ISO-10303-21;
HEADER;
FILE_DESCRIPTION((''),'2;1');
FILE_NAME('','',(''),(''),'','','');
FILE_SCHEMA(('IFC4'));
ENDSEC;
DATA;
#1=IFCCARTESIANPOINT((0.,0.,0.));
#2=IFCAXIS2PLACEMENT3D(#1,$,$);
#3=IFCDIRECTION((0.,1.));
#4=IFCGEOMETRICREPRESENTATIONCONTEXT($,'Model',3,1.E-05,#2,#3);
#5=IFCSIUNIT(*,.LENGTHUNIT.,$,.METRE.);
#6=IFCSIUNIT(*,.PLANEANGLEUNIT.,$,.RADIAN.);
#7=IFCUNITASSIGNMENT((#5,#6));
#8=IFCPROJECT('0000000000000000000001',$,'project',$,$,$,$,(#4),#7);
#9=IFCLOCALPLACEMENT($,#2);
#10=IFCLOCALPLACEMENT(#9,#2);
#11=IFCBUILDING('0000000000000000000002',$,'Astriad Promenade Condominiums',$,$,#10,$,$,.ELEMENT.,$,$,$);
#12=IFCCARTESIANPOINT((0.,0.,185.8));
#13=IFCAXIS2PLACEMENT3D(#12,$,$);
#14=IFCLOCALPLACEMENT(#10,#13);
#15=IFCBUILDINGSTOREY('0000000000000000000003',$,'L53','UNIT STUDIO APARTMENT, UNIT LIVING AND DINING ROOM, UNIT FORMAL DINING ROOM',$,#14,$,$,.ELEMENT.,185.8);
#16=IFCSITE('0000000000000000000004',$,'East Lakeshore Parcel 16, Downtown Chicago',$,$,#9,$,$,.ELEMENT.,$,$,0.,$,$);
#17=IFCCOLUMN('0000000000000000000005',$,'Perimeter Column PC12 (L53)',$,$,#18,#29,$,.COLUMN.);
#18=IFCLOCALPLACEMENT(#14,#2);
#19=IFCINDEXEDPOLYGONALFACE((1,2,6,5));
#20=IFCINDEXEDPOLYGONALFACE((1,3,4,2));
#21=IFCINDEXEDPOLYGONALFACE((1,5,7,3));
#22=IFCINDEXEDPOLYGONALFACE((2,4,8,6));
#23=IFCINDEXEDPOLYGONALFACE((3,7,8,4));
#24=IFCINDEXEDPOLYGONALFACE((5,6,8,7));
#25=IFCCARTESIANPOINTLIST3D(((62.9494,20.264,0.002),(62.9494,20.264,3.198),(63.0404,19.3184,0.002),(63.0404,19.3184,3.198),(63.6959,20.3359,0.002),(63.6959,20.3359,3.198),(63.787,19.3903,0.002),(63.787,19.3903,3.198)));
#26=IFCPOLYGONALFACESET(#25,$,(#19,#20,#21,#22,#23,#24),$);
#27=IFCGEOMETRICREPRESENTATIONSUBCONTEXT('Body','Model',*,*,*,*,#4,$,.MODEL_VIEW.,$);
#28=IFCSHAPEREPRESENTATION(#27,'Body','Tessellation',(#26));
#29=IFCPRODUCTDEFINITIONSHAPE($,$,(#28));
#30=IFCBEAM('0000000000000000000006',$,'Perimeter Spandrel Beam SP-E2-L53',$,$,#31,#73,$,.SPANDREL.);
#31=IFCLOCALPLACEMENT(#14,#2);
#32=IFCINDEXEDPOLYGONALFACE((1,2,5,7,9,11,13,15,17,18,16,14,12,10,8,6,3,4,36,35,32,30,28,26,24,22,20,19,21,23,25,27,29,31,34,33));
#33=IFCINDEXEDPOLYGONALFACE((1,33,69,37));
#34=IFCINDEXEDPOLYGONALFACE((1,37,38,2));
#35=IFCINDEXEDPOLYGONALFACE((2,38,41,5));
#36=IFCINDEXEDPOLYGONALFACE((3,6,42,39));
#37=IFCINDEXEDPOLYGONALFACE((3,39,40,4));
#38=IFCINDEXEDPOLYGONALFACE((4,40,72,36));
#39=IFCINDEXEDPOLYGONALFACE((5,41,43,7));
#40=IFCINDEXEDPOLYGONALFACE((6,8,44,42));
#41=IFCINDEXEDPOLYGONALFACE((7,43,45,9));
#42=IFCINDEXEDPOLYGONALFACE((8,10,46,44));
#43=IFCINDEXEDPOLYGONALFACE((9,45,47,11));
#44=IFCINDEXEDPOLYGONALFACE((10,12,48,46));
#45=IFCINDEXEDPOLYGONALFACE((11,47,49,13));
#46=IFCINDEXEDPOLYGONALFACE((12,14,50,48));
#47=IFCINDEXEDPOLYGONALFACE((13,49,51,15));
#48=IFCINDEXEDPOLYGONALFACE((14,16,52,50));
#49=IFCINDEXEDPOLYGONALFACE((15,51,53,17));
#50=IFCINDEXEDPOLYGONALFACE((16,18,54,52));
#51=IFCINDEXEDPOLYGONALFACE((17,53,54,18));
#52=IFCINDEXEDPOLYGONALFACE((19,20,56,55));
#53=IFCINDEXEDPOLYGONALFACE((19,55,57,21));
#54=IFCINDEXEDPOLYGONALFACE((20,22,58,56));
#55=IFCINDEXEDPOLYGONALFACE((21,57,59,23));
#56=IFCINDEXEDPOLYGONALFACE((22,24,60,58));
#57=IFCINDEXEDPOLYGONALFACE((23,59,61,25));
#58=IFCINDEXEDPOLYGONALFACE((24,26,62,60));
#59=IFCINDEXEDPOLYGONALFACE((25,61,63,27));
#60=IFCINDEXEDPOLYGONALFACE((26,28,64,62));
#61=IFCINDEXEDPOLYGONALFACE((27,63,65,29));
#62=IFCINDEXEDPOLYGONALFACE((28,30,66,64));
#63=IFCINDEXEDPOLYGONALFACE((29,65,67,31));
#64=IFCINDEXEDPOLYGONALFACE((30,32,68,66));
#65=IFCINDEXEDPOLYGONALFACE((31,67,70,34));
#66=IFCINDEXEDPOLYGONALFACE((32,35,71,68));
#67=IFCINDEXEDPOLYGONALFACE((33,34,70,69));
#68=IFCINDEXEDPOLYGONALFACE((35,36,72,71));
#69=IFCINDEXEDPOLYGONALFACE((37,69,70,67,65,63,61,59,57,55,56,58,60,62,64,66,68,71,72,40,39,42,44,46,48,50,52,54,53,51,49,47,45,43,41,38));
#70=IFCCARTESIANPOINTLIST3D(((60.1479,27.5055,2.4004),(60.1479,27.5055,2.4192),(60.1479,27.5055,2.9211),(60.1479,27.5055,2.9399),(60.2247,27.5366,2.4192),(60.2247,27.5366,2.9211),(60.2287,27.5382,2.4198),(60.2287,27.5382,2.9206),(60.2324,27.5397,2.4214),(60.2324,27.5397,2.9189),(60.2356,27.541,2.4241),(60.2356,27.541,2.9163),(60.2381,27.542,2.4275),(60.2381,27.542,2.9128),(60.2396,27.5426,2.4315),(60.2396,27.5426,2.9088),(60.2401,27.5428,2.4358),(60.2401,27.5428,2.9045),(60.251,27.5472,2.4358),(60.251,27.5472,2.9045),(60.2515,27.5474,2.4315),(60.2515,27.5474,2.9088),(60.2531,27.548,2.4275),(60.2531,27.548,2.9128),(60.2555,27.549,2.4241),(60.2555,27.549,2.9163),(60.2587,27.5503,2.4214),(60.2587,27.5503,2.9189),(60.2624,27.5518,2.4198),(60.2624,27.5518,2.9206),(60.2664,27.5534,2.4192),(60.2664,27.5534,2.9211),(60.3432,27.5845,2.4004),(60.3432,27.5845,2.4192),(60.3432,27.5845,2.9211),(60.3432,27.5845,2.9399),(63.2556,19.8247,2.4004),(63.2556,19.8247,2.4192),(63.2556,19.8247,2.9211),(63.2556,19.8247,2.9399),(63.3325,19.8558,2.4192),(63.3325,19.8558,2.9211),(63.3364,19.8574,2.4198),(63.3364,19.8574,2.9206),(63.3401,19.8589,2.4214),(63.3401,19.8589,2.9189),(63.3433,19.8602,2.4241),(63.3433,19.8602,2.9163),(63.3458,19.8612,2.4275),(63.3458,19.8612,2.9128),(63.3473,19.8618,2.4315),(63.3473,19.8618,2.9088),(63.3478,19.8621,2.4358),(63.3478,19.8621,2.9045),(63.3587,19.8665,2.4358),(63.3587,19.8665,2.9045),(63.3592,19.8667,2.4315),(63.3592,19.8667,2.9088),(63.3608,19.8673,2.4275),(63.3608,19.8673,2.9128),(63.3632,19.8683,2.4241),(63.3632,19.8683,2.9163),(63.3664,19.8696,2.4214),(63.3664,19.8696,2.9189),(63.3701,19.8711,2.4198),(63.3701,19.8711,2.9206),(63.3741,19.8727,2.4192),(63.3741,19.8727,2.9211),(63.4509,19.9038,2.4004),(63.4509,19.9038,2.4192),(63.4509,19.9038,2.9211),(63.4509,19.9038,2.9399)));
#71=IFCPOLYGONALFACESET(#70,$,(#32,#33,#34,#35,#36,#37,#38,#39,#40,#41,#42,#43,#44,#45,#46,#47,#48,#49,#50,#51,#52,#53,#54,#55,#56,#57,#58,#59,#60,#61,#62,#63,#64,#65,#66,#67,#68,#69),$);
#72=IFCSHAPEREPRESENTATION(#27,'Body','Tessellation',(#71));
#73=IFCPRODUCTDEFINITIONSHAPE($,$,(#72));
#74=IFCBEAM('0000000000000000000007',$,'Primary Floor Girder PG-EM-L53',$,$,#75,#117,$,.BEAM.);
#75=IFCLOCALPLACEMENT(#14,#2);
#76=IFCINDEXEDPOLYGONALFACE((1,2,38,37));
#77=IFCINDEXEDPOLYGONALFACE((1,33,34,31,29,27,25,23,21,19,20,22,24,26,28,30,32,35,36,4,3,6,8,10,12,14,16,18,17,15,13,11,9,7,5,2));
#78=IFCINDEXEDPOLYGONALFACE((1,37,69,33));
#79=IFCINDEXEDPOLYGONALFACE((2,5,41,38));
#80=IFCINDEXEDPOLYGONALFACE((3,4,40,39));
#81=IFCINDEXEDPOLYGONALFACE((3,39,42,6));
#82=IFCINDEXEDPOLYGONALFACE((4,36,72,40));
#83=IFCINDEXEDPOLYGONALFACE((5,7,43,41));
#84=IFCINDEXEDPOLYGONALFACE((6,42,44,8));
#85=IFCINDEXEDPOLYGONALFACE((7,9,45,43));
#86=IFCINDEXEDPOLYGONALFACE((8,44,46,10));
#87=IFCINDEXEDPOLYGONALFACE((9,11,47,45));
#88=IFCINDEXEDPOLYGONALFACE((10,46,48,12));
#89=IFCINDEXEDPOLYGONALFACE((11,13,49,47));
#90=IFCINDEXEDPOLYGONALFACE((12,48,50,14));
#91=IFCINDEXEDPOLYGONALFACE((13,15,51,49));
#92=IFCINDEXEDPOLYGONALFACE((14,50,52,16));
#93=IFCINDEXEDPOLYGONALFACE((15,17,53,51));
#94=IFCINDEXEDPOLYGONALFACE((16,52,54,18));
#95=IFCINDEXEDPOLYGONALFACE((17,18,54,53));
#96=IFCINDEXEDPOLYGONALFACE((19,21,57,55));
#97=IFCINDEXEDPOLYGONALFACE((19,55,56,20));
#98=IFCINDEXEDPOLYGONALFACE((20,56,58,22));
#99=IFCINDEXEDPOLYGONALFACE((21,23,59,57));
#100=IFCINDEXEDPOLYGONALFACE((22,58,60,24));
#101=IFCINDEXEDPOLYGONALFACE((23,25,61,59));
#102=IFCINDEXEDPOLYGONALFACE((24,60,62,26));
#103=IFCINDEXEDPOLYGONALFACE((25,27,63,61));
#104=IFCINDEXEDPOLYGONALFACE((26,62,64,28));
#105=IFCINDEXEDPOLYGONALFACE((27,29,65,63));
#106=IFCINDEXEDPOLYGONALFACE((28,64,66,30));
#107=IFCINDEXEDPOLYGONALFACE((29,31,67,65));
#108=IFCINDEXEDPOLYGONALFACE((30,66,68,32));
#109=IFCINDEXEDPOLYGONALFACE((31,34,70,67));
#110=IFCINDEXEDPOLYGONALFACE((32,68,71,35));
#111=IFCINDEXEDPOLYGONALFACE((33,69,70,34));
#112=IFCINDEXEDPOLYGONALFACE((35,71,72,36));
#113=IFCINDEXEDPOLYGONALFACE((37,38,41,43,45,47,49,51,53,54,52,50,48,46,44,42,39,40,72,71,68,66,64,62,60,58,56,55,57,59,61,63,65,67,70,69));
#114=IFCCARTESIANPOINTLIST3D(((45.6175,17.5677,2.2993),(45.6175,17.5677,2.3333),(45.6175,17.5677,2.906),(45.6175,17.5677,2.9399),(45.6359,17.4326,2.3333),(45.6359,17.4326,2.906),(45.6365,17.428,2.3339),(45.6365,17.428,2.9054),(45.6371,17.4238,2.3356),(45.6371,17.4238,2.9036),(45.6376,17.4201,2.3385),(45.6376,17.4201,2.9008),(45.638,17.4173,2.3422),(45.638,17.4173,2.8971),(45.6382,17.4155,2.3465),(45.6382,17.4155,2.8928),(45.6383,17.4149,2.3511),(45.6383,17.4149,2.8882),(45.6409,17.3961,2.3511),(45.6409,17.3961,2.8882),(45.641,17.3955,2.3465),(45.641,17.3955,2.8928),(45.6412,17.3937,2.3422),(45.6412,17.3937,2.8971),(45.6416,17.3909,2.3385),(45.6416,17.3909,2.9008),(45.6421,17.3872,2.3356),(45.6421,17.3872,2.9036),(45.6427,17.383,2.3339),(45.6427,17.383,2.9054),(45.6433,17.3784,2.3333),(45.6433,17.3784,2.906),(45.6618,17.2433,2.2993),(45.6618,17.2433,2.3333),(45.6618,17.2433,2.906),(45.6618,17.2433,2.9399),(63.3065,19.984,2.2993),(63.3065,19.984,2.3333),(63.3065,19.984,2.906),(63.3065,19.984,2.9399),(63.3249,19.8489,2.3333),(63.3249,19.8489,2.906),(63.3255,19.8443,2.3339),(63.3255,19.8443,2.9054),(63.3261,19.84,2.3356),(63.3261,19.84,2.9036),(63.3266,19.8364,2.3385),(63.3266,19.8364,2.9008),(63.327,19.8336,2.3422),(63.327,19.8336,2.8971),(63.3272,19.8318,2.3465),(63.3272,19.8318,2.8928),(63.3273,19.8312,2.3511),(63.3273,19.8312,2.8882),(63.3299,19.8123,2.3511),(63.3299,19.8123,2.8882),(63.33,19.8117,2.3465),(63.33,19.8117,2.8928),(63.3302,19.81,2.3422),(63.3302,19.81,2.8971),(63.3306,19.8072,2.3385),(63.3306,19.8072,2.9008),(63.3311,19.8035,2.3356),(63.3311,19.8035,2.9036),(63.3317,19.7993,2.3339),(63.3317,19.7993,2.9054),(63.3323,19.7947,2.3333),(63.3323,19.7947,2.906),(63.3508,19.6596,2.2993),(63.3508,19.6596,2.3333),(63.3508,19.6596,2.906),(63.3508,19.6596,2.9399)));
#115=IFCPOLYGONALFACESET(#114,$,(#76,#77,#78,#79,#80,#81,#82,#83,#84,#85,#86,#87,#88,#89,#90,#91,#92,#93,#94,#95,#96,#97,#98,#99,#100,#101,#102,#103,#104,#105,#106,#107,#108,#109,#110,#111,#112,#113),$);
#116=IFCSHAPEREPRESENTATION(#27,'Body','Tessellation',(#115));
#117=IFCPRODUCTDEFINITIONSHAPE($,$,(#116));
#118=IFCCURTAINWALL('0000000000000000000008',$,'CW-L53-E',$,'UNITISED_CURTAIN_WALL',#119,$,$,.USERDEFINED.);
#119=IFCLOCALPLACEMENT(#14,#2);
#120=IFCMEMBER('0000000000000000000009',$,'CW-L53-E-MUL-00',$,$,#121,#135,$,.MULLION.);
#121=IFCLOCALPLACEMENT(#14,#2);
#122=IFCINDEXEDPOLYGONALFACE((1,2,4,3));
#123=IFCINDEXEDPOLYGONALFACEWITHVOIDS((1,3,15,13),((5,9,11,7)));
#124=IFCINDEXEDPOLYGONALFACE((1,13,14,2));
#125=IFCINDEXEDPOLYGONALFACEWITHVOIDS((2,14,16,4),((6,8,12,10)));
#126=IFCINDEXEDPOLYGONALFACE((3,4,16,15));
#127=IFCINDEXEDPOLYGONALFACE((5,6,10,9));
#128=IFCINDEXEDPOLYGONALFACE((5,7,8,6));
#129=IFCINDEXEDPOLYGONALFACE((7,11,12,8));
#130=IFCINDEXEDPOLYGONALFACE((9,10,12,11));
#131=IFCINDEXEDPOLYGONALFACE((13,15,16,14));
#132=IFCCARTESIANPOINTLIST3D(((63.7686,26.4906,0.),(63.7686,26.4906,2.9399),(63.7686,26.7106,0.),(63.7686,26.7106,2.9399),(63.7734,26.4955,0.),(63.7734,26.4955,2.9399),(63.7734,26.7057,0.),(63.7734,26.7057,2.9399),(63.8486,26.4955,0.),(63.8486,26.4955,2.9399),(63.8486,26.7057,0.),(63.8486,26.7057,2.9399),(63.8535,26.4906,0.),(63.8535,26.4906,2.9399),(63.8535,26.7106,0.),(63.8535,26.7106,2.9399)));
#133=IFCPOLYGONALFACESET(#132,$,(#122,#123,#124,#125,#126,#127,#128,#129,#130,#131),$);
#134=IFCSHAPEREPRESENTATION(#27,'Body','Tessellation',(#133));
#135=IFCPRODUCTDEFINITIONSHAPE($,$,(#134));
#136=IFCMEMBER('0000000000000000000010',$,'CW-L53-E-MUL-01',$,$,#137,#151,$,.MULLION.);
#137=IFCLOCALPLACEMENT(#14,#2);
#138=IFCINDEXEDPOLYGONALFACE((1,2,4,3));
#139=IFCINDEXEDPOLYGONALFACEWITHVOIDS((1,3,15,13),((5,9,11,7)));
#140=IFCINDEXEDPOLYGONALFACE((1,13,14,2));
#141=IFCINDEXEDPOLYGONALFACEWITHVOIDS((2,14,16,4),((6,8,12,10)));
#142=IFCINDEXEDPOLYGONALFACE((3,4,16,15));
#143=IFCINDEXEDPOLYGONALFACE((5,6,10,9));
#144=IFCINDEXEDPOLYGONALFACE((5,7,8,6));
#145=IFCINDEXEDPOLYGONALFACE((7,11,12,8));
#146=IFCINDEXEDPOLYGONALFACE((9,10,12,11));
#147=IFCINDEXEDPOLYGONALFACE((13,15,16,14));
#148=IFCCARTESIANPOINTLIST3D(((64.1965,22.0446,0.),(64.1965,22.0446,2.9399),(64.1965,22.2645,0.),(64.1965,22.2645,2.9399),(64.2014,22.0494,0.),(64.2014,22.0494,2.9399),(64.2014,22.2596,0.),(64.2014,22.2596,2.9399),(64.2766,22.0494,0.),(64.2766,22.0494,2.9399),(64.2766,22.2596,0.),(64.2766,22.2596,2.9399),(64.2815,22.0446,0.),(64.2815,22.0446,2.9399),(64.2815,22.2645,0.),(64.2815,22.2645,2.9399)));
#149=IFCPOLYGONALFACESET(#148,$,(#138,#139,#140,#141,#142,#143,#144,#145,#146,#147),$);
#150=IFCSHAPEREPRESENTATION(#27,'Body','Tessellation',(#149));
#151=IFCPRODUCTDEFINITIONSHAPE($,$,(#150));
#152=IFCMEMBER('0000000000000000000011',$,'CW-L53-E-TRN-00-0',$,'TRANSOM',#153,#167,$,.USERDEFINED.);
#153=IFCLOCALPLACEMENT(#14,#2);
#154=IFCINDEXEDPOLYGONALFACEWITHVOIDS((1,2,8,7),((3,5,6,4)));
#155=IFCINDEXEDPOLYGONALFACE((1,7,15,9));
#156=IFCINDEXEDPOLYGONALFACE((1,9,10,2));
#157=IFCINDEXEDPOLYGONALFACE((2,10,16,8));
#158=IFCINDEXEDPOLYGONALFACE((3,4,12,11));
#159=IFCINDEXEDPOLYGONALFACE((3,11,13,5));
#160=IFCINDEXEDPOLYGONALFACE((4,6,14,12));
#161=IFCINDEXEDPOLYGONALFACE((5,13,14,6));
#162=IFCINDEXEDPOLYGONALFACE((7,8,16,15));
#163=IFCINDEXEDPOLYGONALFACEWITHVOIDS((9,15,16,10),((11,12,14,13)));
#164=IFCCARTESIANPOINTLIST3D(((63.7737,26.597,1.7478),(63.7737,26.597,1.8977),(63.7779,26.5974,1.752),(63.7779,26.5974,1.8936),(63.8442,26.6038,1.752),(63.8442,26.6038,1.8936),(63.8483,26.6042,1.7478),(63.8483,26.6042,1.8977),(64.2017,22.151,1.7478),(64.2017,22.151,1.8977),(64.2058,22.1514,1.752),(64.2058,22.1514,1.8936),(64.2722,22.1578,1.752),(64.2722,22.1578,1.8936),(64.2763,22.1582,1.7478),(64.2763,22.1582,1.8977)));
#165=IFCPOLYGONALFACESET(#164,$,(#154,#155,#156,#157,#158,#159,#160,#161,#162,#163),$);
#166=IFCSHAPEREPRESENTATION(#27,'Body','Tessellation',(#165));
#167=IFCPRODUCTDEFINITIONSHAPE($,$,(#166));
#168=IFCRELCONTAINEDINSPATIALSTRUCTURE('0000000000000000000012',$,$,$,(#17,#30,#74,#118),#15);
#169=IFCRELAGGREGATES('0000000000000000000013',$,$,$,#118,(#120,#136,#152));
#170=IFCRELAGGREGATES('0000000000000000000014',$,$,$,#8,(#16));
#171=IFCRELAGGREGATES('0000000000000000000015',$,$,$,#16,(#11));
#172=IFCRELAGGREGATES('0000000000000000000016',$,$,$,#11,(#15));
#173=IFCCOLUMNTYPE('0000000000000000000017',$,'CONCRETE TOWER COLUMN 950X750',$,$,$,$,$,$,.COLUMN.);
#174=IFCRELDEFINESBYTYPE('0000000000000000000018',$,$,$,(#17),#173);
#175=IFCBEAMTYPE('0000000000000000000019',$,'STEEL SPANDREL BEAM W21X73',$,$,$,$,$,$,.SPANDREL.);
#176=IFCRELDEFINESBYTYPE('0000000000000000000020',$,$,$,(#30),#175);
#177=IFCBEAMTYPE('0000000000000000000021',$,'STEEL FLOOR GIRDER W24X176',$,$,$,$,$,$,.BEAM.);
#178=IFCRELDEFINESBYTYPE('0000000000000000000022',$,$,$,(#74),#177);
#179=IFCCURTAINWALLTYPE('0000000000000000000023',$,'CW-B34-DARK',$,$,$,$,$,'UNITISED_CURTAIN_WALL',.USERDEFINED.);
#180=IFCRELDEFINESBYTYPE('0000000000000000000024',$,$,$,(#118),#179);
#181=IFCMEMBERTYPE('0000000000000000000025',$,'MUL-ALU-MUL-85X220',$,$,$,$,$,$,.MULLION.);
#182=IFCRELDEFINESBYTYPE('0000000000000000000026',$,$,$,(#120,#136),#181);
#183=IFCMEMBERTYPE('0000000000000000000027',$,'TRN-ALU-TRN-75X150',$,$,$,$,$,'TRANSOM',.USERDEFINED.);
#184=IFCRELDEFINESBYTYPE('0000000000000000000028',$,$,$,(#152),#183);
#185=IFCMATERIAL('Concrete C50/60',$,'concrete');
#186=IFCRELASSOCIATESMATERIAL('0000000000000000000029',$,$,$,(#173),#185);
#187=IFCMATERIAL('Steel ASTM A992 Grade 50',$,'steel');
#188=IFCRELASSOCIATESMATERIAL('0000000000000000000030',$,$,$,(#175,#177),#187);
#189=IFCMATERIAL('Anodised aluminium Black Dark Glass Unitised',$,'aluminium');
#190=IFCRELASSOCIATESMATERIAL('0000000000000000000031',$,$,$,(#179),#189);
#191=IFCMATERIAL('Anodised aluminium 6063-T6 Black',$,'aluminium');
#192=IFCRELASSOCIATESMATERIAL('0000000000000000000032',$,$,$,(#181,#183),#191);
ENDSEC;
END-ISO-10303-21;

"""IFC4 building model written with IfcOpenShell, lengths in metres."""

from ifc_helpers import new_model, si_unit, direction, frame, origin, origin_2d, place, context, subcontext, project, spatial, rectangle, hollow_rectangle, i_section, extrude, source, transform, mapped, material, material_profile, profile_set, type_object, type_shapes, element, aggregate, save


model = new_model("IFC4")

# Units and contexts
model_context = context("Model", 3, precision=1e-05, world=origin(), true_north=direction((0.0, 1.0)))
body_context = subcontext(model_context, "Body", "Model", "MODEL_VIEW")
ifc_project = project(units=[si_unit("LENGTHUNIT", "METRE"), si_unit("PLANEANGLEUNIT", "RADIAN")], contexts=[model_context])

# Site, building, storey
site_placement = place(None, origin())
site = spatial("IfcSite", under=ifc_project, at=site_placement, Name="East Lakeshore Parcel 16, Downtown Chicago", CompositionType="ELEMENT", RefElevation=0.0)
building_placement = place(site_placement, origin())
building = spatial("IfcBuilding", under=site, at=building_placement, Name="Astriad Promenade Condominiums", CompositionType="ELEMENT")
storey_placement = place(building_placement, frame((0.0, 0.0, 185.8)))
storey = spatial("IfcBuildingStorey", under=building, at=storey_placement, Name="L53", Description="UNIT STUDIO APARTMENT, UNIT LIVING AND DINING ROOM, UNIT FORMAL DINING ROOM", CompositionType="ELEMENT", Elevation=185.8)

# Column
ifc_material_1 = material(Name="Concrete C50/60", Category="concrete")
ifc_material_profile_1 = material_profile(ifc_material_1, rectangle(XDim=0.75, YDim=0.95, at=origin_2d()), Name="RC-COL-950X750")
ifc_profile_set_1 = profile_set([ifc_material_profile_1], Name="Concrete C50/60")
column_type = type_object("IfcColumnType", Name="CONCRETE TOWER COLUMN 950X750", PredefinedType="COLUMN", material=ifc_profile_set_1)
shared_shape_1 = source(origin(), body_context, "Body", "SweptSolid", [
    extrude(rectangle(XDim=0.75, YDim=0.95, at=origin_2d()), origin(), (0.0, 0.0, 1.0), 3.196),
])
type_shapes(column_type, [shared_shape_1])
column_placement = place(storey_placement, frame((63.3682, 19.8271, 0.002), z_axis=(0.0, 0.0, 1.0), x_axis=(0.995396, 0.095846, 0.0)))
element("IfcColumn", 1, at=column_placement, inside=storey, type_object=column_type, Name="Perimeter Column PC12 (L53)", PredefinedType="COLUMN", context=body_context, shape_type="MappedRepresentation", body=[
    mapped(shared_shape_1, transform((0.0, 0.0, 0.0), scale=1.0)),
])

# Beams
ifc_material_2 = material(Name="Steel ASTM A992 Grade 50", Category="steel")
ifc_material_profile_2 = material_profile(ifc_material_2, i_section(OverallWidth=0.2107, OverallDepth=0.5396, WebThickness=0.0117, FlangeThickness=0.0188, FilletRadius=0.0166, at=origin_2d()), Name="W21X73")
ifc_profile_set_2 = profile_set([ifc_material_profile_2], Name="Steel ASTM A992 Grade 50")
beam_type_1 = type_object("IfcBeamType", Name="STEEL SPANDREL BEAM W21X73", PredefinedType="SPANDREL", material=ifc_profile_set_2)
shared_shape_2 = source(origin(), body_context, "Body", "SweptSolid", [
    extrude(i_section(OverallWidth=0.2107, OverallDepth=0.5396, WebThickness=0.0117, FlangeThickness=0.0188, FilletRadius=0.0166, at=origin_2d()), origin(), (0.0, 0.0, 1.0), 8.2856),
])
type_shapes(beam_type_1, [shared_shape_2])
beam_1_placement = place(storey_placement, frame((63.3533, 19.8643, 2.6702), z_axis=(-0.375071, 0.926996, 0.0), x_axis=(-0.926996, -0.375071, 0.0)))
element("IfcBeam", 2, at=beam_1_placement, inside=storey, type_object=beam_type_1, Name="Perimeter Spandrel Beam SP-E2-L53", PredefinedType="SPANDREL", context=body_context, shape_type="MappedRepresentation", body=[
    mapped(shared_shape_2, transform((0.0, 0.0, 0.0), scale=1.0)),
])
ifc_material_profile_3 = material_profile(ifc_material_2, i_section(OverallWidth=0.3274, OverallDepth=0.6406, WebThickness=0.019, FlangeThickness=0.0339, FilletRadius=0.0178, at=origin_2d()), Name="W24X176")
ifc_profile_set_3 = profile_set([ifc_material_profile_3], Name="Steel ASTM A992 Grade 50")
beam_type_2 = type_object("IfcBeamType", Name="STEEL FLOOR GIRDER W24X176", PredefinedType="BEAM", material=ifc_profile_set_3)
shared_shape_3 = source(origin(), body_context, "Body", "SweptSolid", [
    extrude(i_section(OverallWidth=0.3274, OverallDepth=0.6406, WebThickness=0.019, FlangeThickness=0.0339, FilletRadius=0.0178, at=origin_2d()), origin(), (0.0, 0.0, 1.0), 17.8533),
])
type_shapes(beam_type_2, [shared_shape_3])
beam_2_placement = place(storey_placement, frame((63.3286, 19.8218, 2.6196), z_axis=(-0.990799, -0.13534, 0.0), x_axis=(0.13534, -0.990799, 0.0)))
element("IfcBeam", 3, at=beam_2_placement, inside=storey, type_object=beam_type_2, Name="Primary Floor Girder PG-EM-L53", PredefinedType="BEAM", context=body_context, shape_type="MappedRepresentation", body=[
    mapped(shared_shape_3, transform((0.0, 0.0, 0.0), scale=1.0)),
])

# Curtain wall, members
ifc_material_3 = material(Name="Anodised aluminium Black Dark Glass Unitised", Category="aluminium")
curtain_wall_type = type_object("IfcCurtainWallType", Name="CW-B34-DARK", ElementType="UNITISED_CURTAIN_WALL", PredefinedType="USERDEFINED", material=ifc_material_3)
curtain_wall_placement = place(storey_placement, origin())
curtain_wall = element("IfcCurtainWall", 4, at=curtain_wall_placement, inside=storey, type_object=curtain_wall_type, Name="CW-L53-E", ObjectType="UNITISED_CURTAIN_WALL", PredefinedType="USERDEFINED")
ifc_material_4 = material(Name="Anodised aluminium 6063-T6 Black", Category="aluminium")
ifc_material_profile_4 = material_profile(ifc_material_4, hollow_rectangle(XDim=0.085, YDim=0.22, WallThickness=0.0049, at=origin_2d()), Name="ALU-MUL-85X220")
ifc_profile_set_4 = profile_set([ifc_material_profile_4], Name="Anodised aluminium 6063-T6 Black")
member_type_1 = type_object("IfcMemberType", Name="MUL-ALU-MUL-85X220", PredefinedType="MULLION", material=ifc_profile_set_4)
shared_shape_4 = source(origin(), body_context, "Body", "SweptSolid", [
    extrude(hollow_rectangle(XDim=0.085, YDim=0.22, WallThickness=0.0049, at=origin_2d()), origin(), (0.0, 0.0, 1.0), 2.9399),
])
type_shapes(member_type_1, [shared_shape_4])
member_1_placement = place(storey_placement, frame((63.811, 26.6006, 0.0), z_axis=(0.0, 0.0, 1.0), x_axis=(1.0, 0.0, 0.0)))
member_1 = element("IfcMember", 5, at=member_1_placement, type_object=member_type_1, Name="CW-L53-E-MUL-00", PredefinedType="MULLION", context=body_context, shape_type="MappedRepresentation", body=[
    mapped(shared_shape_4, transform((0.0, 0.0, 0.0), scale=1.0)),
])
member_2_placement = place(storey_placement, frame((64.239, 22.1545, 0.0), z_axis=(0.0, 0.0, 1.0), x_axis=(1.0, 0.0, 0.0)))
member_2 = element("IfcMember", 6, at=member_2_placement, type_object=member_type_1, Name="CW-L53-E-MUL-01", PredefinedType="MULLION", context=body_context, shape_type="MappedRepresentation", body=[
    mapped(shared_shape_4, transform((0.0, 0.0, 0.0), scale=1.0)),
])
ifc_material_profile_5 = material_profile(ifc_material_4, hollow_rectangle(XDim=0.075, YDim=0.1499, WallThickness=0.0042, at=origin_2d()), Name="ALU-TRN-75X150")
ifc_profile_set_5 = profile_set([ifc_material_profile_5], Name="Anodised aluminium 6063-T6 Black")
member_type_2 = type_object("IfcMemberType", Name="TRN-ALU-TRN-75X150", ElementType="TRANSOM", PredefinedType="USERDEFINED", material=ifc_profile_set_5)
shared_shape_5 = source(origin(), body_context, "Body", "SweptSolid", [
    extrude(hollow_rectangle(XDim=0.075, YDim=0.1499, WallThickness=0.0042, at=origin_2d()), origin(), (0.0, 0.0, 1.0), 4.4666),
])
type_shapes(member_type_2, [shared_shape_5])
member_3_placement = place(storey_placement, frame((63.811, 26.6006, 1.8228), z_axis=(0.095818, -0.995399, 0.0), x_axis=(0.995399, 0.095818, 0.0)))
member_3 = element("IfcMember", 7, at=member_3_placement, type_object=member_type_2, Name="CW-L53-E-TRN-00-0", ObjectType="TRANSOM", PredefinedType="USERDEFINED", context=body_context, shape_type="MappedRepresentation", body=[
    mapped(shared_shape_5, transform((0.0, 0.0, 0.0), scale=1.0)),
])
aggregate(curtain_wall, [member_1, member_2, member_3])

save(model, "model.ifc")
